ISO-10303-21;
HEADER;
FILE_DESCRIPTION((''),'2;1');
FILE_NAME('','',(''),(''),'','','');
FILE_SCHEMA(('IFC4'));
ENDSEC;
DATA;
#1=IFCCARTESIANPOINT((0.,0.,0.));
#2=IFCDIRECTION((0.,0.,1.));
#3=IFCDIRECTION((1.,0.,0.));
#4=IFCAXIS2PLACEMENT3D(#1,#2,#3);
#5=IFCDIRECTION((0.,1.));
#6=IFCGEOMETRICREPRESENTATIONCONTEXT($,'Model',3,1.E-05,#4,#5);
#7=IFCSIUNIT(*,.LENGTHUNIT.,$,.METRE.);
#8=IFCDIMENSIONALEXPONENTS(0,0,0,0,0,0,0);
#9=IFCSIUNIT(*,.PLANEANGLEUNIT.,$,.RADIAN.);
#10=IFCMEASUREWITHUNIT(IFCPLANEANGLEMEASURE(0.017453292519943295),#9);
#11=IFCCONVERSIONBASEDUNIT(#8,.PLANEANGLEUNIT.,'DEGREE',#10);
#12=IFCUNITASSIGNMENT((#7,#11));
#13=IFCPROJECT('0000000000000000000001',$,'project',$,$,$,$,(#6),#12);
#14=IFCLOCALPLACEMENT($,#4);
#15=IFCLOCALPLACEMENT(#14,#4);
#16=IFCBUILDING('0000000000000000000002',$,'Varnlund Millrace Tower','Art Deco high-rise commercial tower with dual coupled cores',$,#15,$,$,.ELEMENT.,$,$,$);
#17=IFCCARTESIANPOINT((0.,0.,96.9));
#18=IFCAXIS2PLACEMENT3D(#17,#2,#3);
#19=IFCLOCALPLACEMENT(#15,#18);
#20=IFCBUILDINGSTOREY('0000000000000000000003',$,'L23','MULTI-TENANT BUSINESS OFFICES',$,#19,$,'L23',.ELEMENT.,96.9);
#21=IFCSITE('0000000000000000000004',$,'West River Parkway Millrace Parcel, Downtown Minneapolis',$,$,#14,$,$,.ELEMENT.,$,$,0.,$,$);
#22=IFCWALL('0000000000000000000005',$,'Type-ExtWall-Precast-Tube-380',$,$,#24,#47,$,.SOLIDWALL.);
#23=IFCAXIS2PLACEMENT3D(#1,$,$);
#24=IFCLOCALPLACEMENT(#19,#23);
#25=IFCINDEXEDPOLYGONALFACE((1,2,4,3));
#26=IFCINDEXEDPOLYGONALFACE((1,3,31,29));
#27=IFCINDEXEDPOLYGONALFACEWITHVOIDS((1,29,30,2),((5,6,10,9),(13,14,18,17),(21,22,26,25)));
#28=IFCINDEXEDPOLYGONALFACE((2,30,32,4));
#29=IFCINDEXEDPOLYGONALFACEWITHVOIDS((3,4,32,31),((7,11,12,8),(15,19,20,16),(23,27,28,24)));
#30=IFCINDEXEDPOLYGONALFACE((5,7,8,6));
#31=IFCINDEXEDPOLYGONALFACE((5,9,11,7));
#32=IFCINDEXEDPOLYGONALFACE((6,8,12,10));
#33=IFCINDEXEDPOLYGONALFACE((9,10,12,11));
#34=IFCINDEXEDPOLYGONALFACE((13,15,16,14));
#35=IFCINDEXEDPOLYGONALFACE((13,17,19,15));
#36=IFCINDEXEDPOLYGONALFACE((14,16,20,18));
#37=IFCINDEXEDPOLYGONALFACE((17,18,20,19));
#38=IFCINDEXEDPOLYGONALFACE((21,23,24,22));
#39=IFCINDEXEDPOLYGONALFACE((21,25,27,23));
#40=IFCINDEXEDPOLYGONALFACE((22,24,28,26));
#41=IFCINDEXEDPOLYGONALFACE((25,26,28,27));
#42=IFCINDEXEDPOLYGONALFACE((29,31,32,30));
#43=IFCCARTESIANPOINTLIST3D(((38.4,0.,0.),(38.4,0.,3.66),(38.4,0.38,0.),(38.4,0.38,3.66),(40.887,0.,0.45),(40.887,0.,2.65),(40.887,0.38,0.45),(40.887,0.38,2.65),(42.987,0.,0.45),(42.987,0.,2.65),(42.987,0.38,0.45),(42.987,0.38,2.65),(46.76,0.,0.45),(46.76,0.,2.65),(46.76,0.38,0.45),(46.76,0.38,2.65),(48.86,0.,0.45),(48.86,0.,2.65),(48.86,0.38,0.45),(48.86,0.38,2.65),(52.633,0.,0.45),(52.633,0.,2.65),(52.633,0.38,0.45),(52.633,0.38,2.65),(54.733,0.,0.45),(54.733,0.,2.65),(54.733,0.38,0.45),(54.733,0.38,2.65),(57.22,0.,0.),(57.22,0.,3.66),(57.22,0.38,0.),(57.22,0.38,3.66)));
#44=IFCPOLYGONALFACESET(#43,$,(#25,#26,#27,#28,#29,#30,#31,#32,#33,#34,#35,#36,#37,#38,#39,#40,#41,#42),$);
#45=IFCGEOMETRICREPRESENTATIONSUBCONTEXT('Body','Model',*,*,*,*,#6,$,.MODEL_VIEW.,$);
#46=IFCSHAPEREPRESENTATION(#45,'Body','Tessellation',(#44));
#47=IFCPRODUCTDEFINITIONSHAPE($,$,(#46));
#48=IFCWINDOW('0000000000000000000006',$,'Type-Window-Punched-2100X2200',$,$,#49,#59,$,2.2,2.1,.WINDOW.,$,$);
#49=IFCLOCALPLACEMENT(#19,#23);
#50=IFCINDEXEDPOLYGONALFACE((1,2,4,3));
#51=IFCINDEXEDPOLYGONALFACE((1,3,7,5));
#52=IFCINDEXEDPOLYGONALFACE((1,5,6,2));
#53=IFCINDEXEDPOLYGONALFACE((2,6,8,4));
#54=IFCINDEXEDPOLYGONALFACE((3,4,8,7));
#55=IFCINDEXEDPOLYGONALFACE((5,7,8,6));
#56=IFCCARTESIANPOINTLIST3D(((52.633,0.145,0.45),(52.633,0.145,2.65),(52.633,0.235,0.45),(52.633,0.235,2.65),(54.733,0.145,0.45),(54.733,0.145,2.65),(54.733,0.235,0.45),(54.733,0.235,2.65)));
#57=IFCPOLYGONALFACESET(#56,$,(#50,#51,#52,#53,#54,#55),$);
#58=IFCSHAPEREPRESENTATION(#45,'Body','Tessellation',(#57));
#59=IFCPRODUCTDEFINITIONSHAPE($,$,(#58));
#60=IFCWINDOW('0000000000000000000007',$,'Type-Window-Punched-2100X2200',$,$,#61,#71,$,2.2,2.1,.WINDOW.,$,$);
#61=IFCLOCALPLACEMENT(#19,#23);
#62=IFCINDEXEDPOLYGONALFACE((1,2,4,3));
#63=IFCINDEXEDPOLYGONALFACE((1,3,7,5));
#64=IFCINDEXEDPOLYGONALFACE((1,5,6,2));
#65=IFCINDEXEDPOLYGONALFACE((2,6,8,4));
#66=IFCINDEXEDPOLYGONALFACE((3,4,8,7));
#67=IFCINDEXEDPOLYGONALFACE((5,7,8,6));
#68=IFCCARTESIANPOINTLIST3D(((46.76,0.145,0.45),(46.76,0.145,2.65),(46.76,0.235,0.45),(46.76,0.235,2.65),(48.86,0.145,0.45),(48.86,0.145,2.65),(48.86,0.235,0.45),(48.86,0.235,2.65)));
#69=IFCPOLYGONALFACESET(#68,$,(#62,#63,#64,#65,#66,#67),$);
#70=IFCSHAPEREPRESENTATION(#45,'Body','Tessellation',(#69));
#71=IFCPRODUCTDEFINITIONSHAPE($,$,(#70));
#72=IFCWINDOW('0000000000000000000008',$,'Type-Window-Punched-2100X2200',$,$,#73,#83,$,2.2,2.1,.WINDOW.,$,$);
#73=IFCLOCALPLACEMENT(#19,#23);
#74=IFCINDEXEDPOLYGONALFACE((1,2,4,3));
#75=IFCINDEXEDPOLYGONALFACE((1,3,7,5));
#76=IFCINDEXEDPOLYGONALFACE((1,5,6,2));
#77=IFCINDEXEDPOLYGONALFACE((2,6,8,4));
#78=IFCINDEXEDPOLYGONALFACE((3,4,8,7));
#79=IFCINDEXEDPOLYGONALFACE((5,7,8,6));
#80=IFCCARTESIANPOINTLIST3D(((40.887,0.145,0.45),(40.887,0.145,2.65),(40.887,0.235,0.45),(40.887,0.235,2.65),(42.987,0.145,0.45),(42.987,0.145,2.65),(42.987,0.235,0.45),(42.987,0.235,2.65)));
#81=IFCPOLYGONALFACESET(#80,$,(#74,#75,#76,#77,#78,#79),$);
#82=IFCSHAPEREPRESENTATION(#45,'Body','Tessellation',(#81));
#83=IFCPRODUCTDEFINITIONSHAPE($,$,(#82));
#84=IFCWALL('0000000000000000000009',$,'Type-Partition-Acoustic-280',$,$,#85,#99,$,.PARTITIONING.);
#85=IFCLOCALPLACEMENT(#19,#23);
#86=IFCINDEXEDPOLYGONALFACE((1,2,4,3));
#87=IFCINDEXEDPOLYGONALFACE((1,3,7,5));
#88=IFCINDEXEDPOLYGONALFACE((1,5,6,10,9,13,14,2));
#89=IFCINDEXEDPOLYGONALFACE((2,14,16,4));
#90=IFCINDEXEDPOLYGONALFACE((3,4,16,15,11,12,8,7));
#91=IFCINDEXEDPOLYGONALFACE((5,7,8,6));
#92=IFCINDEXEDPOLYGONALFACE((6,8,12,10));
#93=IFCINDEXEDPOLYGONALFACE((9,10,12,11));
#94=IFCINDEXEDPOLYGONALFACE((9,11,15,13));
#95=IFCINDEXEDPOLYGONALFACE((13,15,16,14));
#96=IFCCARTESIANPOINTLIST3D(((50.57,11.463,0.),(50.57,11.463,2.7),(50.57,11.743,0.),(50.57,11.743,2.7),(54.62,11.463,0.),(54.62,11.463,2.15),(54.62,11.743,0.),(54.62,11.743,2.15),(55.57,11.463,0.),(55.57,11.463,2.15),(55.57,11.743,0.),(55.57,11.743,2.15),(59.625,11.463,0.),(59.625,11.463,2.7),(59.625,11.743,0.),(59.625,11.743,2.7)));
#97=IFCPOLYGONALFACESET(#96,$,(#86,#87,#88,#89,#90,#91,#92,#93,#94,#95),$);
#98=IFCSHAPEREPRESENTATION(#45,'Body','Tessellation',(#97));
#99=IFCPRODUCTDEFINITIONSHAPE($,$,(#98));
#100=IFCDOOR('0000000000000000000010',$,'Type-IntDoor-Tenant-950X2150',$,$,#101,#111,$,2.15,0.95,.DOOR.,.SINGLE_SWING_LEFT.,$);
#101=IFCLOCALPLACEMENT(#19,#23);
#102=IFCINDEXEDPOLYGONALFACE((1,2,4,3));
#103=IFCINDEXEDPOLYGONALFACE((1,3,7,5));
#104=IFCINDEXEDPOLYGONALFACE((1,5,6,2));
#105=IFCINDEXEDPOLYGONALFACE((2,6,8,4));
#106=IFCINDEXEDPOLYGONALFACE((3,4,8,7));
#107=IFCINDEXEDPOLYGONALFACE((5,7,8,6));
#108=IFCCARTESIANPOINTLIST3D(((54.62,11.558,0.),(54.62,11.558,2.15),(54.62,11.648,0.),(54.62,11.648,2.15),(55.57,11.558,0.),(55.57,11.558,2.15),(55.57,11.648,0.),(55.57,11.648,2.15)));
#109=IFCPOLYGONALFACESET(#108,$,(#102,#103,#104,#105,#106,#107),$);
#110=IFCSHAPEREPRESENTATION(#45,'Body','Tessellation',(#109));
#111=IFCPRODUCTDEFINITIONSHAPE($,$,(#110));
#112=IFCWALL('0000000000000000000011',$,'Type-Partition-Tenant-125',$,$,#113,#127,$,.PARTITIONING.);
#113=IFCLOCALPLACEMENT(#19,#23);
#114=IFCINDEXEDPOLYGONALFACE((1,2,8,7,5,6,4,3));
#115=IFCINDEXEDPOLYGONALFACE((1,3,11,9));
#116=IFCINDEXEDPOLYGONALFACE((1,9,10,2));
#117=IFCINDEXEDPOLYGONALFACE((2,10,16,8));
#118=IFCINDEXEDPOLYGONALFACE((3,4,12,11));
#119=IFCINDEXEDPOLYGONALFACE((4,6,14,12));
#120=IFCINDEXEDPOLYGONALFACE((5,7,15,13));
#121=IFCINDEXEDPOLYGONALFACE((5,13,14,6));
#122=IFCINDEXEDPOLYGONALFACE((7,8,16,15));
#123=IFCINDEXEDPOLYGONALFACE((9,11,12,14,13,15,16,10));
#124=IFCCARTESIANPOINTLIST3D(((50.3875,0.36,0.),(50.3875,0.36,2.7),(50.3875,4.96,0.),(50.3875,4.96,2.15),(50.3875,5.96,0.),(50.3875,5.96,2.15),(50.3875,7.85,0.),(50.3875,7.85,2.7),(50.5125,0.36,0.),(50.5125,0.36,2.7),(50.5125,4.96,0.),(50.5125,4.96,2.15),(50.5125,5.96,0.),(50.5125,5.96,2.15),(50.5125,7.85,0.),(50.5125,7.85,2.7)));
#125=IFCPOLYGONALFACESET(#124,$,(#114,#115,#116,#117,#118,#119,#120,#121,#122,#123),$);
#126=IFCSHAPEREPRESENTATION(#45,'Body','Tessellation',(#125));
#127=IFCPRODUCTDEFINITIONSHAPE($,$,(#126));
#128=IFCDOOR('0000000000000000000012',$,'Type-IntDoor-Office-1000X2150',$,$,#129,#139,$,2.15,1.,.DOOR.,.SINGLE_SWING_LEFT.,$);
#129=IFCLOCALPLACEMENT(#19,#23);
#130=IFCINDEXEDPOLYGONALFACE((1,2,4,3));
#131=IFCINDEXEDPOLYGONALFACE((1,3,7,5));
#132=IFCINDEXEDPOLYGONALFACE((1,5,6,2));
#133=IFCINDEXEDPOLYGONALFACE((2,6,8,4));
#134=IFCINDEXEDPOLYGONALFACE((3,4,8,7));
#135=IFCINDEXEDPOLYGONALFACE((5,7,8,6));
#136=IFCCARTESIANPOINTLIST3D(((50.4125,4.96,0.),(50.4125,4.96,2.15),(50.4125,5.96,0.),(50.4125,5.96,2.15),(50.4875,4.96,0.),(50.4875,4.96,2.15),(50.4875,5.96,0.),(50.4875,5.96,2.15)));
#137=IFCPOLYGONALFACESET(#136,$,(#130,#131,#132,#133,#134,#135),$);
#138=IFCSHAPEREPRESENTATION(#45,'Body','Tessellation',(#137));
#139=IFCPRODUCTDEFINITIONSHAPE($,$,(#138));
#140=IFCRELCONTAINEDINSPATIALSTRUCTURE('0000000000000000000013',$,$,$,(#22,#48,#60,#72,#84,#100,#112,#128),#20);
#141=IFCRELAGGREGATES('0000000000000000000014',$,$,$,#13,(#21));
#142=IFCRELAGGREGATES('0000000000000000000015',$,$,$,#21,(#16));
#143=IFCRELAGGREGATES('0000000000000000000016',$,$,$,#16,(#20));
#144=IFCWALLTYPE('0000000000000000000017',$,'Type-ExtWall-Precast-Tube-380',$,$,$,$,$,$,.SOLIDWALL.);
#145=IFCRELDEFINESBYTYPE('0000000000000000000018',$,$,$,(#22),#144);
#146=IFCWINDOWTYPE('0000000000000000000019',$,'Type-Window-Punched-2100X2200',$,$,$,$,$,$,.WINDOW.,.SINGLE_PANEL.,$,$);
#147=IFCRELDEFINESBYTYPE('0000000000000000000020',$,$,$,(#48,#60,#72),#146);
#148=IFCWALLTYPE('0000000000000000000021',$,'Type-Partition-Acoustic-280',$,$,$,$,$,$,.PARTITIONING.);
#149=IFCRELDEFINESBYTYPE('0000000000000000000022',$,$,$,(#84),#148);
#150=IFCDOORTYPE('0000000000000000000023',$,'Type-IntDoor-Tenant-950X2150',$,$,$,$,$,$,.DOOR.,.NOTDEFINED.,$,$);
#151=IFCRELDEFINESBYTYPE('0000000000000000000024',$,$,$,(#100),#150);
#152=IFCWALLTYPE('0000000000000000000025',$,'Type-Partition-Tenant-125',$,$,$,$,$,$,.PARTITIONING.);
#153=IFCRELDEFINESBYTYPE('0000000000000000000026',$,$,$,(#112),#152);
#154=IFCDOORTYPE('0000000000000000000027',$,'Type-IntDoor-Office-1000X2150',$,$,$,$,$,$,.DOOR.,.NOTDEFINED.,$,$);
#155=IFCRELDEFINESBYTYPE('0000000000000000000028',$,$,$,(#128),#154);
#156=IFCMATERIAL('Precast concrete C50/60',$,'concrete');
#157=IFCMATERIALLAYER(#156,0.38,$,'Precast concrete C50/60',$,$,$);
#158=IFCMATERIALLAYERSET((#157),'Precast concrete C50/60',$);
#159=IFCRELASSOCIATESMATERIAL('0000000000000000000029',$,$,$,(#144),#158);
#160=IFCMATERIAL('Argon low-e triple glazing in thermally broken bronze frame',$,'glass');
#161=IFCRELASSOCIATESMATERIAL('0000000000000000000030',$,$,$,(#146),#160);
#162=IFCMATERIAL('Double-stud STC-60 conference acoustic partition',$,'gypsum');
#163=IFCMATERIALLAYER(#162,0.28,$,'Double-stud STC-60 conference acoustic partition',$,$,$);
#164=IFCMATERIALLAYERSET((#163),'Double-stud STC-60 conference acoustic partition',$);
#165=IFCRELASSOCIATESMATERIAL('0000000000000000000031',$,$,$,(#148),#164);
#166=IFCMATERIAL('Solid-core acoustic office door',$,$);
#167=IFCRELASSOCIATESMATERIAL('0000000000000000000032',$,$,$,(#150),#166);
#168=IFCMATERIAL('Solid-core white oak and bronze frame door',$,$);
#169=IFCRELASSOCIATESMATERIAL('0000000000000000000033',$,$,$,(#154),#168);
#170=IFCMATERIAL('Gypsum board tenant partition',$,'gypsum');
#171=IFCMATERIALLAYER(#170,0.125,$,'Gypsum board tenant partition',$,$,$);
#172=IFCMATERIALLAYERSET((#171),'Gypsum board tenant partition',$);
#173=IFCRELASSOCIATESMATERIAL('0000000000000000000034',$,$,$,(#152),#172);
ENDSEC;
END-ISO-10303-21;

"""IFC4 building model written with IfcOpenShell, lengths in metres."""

from ifc_helpers import new_model, entity, si_unit, converted_unit, direction, frame, origin_with_axes, origin_2d_with_axis, place, context, subcontext, project, spatial, polyline, rectangle, outline, extrude, material, layer, layer_set, type_object, element, fill, save


model = new_model("IFC4")

# Units and contexts
model_context = context("Model", 3, precision=1e-05, world=origin_with_axes(), true_north=direction((0.0, 1.0)))
body_context = subcontext(model_context, "Body", "Model", "MODEL_VIEW")
ifc_project = project(units=[si_unit("LENGTHUNIT", "METRE"), converted_unit("PLANEANGLEUNIT", "DEGREE", entity("IfcPlaneAngleMeasure", 0.017453292519943295), si_unit("PLANEANGLEUNIT", "RADIAN"), dimensions=[0, 0, 0, 0, 0, 0, 0])], contexts=[model_context])

# Site, building, storey
site_placement = place(None, origin_with_axes())
site = spatial("IfcSite", under=ifc_project, at=site_placement, Name="West River Parkway Millrace Parcel, Downtown Minneapolis", CompositionType="ELEMENT", RefElevation=0.0)
building_placement = place(site_placement, origin_with_axes())
building = spatial("IfcBuilding", under=site, at=building_placement, Name="Varnlund Millrace Tower", Description="Art Deco high-rise commercial tower with dual coupled cores", CompositionType="ELEMENT")
storey_placement = place(building_placement, frame((0.0, 0.0, 96.9), z_axis=(0.0, 0.0, 1.0), x_axis=(1.0, 0.0, 0.0)))
storey = spatial("IfcBuildingStorey", under=building, at=storey_placement, Name="L23", Description="MULTI-TENANT BUSINESS OFFICES", LongName="L23", CompositionType="ELEMENT", Elevation=96.9)

# Shared definitions
ifc_material_1 = material(Name="Precast concrete C50/60", Category="concrete")
ifc_layer_1 = layer(ifc_material_1, 0.38, Name="Precast concrete C50/60")
ifc_layer_set_1 = layer_set([ifc_layer_1], Name="Precast concrete C50/60")
wall_type_1 = type_object("IfcWallType", Name="Type-ExtWall-Precast-Tube-380", PredefinedType="SOLIDWALL", material=ifc_layer_set_1)

# Wall, openings, windows
wall_1_placement = place(storey_placement, frame((57.22, 0.19, 0.0), z_axis=(0.0, 0.0, 1.0), x_axis=(-1.0, 0.0, 0.0)))
wall_1 = element("IfcWall", 1, at=wall_1_placement, inside=storey, type_object=wall_type_1, Name="Type-ExtWall-Precast-Tube-380", PredefinedType="SOLIDWALL", context=body_context, shape_type="SweptSolid", body=[
    extrude(outline(polyline([(0.0, -0.19), (18.82, -0.19), (18.82, 0.19), (0.0, 0.19), (0.0, -0.19)])), origin_with_axes(), (0.0, 0.0, 1.0), 3.66),
])
opening_1_placement = place(wall_1_placement, frame((3.537, 0.0, 0.45), z_axis=(0.0, 0.0, 1.0), x_axis=(1.0, 0.0, 0.0)))
opening_1 = element("IfcOpeningElement", 2, at=opening_1_placement, cuts=wall_1, PredefinedType="OPENING", context=body_context, shape_type="SweptSolid", body=[
    extrude(rectangle(XDim=2.1, YDim=0.4, at=origin_2d_with_axis()), origin_with_axes(), (0.0, 0.0, 1.0), 2.2),
])
opening_2_placement = place(wall_1_placement, frame((9.41, 0.0, 0.45), z_axis=(0.0, 0.0, 1.0), x_axis=(1.0, 0.0, 0.0)))
opening_2 = element("IfcOpeningElement", 3, at=opening_2_placement, cuts=wall_1, PredefinedType="OPENING", context=body_context, shape_type="SweptSolid", body=[
    extrude(rectangle(XDim=2.1, YDim=0.4, at=origin_2d_with_axis()), origin_with_axes(), (0.0, 0.0, 1.0), 2.2),
])
opening_3_placement = place(wall_1_placement, frame((15.283, 0.0, 0.45), z_axis=(0.0, 0.0, 1.0), x_axis=(1.0, 0.0, 0.0)))
opening_3 = element("IfcOpeningElement", 4, at=opening_3_placement, cuts=wall_1, PredefinedType="OPENING", context=body_context, shape_type="SweptSolid", body=[
    extrude(rectangle(XDim=2.1, YDim=0.4, at=origin_2d_with_axis()), origin_with_axes(), (0.0, 0.0, 1.0), 2.2),
])
ifc_material_2 = material(Name="Argon low-e triple glazing in thermally broken bronze frame", Category="glass")
window_type = type_object("IfcWindowType", Name="Type-Window-Punched-2100X2200", PartitioningType="SINGLE_PANEL", PredefinedType="WINDOW", material=ifc_material_2)
window_1_placement = place(wall_1_placement, frame((3.537, 0.0, 0.45), z_axis=(0.0, 0.0, 1.0), x_axis=(1.0, 0.0, 0.0)))
window_1 = element("IfcWindow", 5, at=window_1_placement, inside=storey, type_object=window_type, Name="Type-Window-Punched-2100X2200", OverallHeight=2.2, OverallWidth=2.1, PredefinedType="WINDOW", context=body_context, shape_type="SweptSolid", body=[
    extrude(rectangle(XDim=2.1, YDim=0.09, at=origin_2d_with_axis()), origin_with_axes(), (0.0, 0.0, 1.0), 2.2),
])
fill(opening_1, window_1)
window_2_placement = place(wall_1_placement, frame((9.41, 0.0, 0.45), z_axis=(0.0, 0.0, 1.0), x_axis=(1.0, 0.0, 0.0)))
window_2 = element("IfcWindow", 6, at=window_2_placement, inside=storey, type_object=window_type, Name="Type-Window-Punched-2100X2200", OverallHeight=2.2, OverallWidth=2.1, PredefinedType="WINDOW", context=body_context, shape_type="SweptSolid", body=[
    extrude(rectangle(XDim=2.1, YDim=0.09, at=origin_2d_with_axis()), origin_with_axes(), (0.0, 0.0, 1.0), 2.2),
])
fill(opening_2, window_2)
window_3_placement = place(wall_1_placement, frame((15.283, 0.0, 0.45), z_axis=(0.0, 0.0, 1.0), x_axis=(1.0, 0.0, 0.0)))
window_3 = element("IfcWindow", 7, at=window_3_placement, inside=storey, type_object=window_type, Name="Type-Window-Punched-2100X2200", OverallHeight=2.2, OverallWidth=2.1, PredefinedType="WINDOW", context=body_context, shape_type="SweptSolid", body=[
    extrude(rectangle(XDim=2.1, YDim=0.09, at=origin_2d_with_axis()), origin_with_axes(), (0.0, 0.0, 1.0), 2.2),
])
fill(opening_3, window_3)

# Wall, opening, door
ifc_material_3 = material(Name="Double-stud STC-60 conference acoustic partition", Category="gypsum")
ifc_layer_2 = layer(ifc_material_3, 0.28, Name="Double-stud STC-60 conference acoustic partition")
ifc_layer_set_2 = layer_set([ifc_layer_2], Name="Double-stud STC-60 conference acoustic partition")
wall_type_2 = type_object("IfcWallType", Name="Type-Partition-Acoustic-280", PredefinedType="PARTITIONING", material=ifc_layer_set_2)
wall_2_placement = place(storey_placement, frame((50.57, 11.603, 0.0), z_axis=(0.0, 0.0, 1.0), x_axis=(1.0, 0.0, 0.0)))
wall_2 = element("IfcWall", 8, at=wall_2_placement, inside=storey, type_object=wall_type_2, Name="Type-Partition-Acoustic-280", PredefinedType="PARTITIONING", context=body_context, shape_type="SweptSolid", body=[
    extrude(outline(polyline([(0.0, -0.14), (9.055, -0.14), (9.055, 0.14), (0.0, 0.14), (0.0, -0.14)])), origin_with_axes(), (0.0, 0.0, 1.0), 2.7),
])
opening_4_placement = place(wall_2_placement, frame((4.525, 0.0, 0.0), z_axis=(0.0, 0.0, 1.0), x_axis=(1.0, 0.0, 0.0)))
opening_4 = element("IfcOpeningElement", 9, at=opening_4_placement, cuts=wall_2, PredefinedType="OPENING", context=body_context, shape_type="SweptSolid", body=[
    extrude(rectangle(XDim=0.95, YDim=0.3, at=origin_2d_with_axis()), origin_with_axes(), (0.0, 0.0, 1.0), 2.15),
])
ifc_material_4 = material(Name="Solid-core acoustic office door")
door_type_1 = type_object("IfcDoorType", Name="Type-IntDoor-Tenant-950X2150", OperationType="NOTDEFINED", PredefinedType="DOOR", material=ifc_material_4)
door_1_placement = place(wall_2_placement, frame((4.525, 0.0, 0.0), z_axis=(0.0, 0.0, 1.0), x_axis=(1.0, 0.0, 0.0)))
door_1 = element("IfcDoor", 10, at=door_1_placement, inside=storey, type_object=door_type_1, Name="Type-IntDoor-Tenant-950X2150", OperationType="SINGLE_SWING_LEFT", OverallHeight=2.15, OverallWidth=0.95, PredefinedType="DOOR", context=body_context, shape_type="SweptSolid", body=[
    extrude(rectangle(XDim=0.95, YDim=0.09, at=origin_2d_with_axis()), origin_with_axes(), (0.0, 0.0, 1.0), 2.15),
])
fill(opening_4, door_1)

# Shared definitions
ifc_material_5 = material(Name="Solid-core white oak and bronze frame door")
door_type_2 = type_object("IfcDoorType", Name="Type-IntDoor-Office-1000X2150", OperationType="NOTDEFINED", PredefinedType="DOOR", material=ifc_material_5)

# Wall, opening, door
ifc_material_6 = material(Name="Gypsum board tenant partition", Category="gypsum")
ifc_layer_3 = layer(ifc_material_6, 0.125, Name="Gypsum board tenant partition")
ifc_layer_set_3 = layer_set([ifc_layer_3], Name="Gypsum board tenant partition")
wall_type_3 = type_object("IfcWallType", Name="Type-Partition-Tenant-125", PredefinedType="PARTITIONING", material=ifc_layer_set_3)
wall_3_placement = place(storey_placement, frame((50.45, 0.36, 0.0), z_axis=(0.0, 0.0, 1.0), x_axis=(0.0, 1.0, 0.0)))
wall_3 = element("IfcWall", 11, at=wall_3_placement, inside=storey, type_object=wall_type_3, Name="Type-Partition-Tenant-125", PredefinedType="PARTITIONING", context=body_context, shape_type="SweptSolid", body=[
    extrude(outline(polyline([(0.0, -0.0625), (7.49, -0.0625), (7.49, 0.0625), (0.0, 0.0625), (0.0, -0.0625)])), origin_with_axes(), (0.0, 0.0, 1.0), 2.7),
])
opening_5_placement = place(wall_3_placement, frame((5.1, 0.0, 0.0), z_axis=(0.0, 0.0, 1.0), x_axis=(1.0, 0.0, 0.0)))
opening_5 = element("IfcOpeningElement", 12, at=opening_5_placement, cuts=wall_3, PredefinedType="OPENING", context=body_context, shape_type="SweptSolid", body=[
    extrude(rectangle(XDim=1.0, YDim=0.145, at=origin_2d_with_axis()), origin_with_axes(), (0.0, 0.0, 1.0), 2.15),
])
door_2_placement = place(wall_3_placement, frame((5.1, 0.0, 0.0), z_axis=(0.0, 0.0, 1.0), x_axis=(1.0, 0.0, 0.0)))
door_2 = element("IfcDoor", 13, at=door_2_placement, inside=storey, type_object=door_type_2, Name="Type-IntDoor-Office-1000X2150", OperationType="SINGLE_SWING_LEFT", OverallHeight=2.15, OverallWidth=1.0, PredefinedType="DOOR", context=body_context, shape_type="SweptSolid", body=[
    extrude(rectangle(XDim=1.0, YDim=0.075, at=origin_2d_with_axis()), origin_with_axes(), (0.0, 0.0, 1.0), 2.15),
])
fill(opening_5, door_2)

save(model, "model.ifc")
